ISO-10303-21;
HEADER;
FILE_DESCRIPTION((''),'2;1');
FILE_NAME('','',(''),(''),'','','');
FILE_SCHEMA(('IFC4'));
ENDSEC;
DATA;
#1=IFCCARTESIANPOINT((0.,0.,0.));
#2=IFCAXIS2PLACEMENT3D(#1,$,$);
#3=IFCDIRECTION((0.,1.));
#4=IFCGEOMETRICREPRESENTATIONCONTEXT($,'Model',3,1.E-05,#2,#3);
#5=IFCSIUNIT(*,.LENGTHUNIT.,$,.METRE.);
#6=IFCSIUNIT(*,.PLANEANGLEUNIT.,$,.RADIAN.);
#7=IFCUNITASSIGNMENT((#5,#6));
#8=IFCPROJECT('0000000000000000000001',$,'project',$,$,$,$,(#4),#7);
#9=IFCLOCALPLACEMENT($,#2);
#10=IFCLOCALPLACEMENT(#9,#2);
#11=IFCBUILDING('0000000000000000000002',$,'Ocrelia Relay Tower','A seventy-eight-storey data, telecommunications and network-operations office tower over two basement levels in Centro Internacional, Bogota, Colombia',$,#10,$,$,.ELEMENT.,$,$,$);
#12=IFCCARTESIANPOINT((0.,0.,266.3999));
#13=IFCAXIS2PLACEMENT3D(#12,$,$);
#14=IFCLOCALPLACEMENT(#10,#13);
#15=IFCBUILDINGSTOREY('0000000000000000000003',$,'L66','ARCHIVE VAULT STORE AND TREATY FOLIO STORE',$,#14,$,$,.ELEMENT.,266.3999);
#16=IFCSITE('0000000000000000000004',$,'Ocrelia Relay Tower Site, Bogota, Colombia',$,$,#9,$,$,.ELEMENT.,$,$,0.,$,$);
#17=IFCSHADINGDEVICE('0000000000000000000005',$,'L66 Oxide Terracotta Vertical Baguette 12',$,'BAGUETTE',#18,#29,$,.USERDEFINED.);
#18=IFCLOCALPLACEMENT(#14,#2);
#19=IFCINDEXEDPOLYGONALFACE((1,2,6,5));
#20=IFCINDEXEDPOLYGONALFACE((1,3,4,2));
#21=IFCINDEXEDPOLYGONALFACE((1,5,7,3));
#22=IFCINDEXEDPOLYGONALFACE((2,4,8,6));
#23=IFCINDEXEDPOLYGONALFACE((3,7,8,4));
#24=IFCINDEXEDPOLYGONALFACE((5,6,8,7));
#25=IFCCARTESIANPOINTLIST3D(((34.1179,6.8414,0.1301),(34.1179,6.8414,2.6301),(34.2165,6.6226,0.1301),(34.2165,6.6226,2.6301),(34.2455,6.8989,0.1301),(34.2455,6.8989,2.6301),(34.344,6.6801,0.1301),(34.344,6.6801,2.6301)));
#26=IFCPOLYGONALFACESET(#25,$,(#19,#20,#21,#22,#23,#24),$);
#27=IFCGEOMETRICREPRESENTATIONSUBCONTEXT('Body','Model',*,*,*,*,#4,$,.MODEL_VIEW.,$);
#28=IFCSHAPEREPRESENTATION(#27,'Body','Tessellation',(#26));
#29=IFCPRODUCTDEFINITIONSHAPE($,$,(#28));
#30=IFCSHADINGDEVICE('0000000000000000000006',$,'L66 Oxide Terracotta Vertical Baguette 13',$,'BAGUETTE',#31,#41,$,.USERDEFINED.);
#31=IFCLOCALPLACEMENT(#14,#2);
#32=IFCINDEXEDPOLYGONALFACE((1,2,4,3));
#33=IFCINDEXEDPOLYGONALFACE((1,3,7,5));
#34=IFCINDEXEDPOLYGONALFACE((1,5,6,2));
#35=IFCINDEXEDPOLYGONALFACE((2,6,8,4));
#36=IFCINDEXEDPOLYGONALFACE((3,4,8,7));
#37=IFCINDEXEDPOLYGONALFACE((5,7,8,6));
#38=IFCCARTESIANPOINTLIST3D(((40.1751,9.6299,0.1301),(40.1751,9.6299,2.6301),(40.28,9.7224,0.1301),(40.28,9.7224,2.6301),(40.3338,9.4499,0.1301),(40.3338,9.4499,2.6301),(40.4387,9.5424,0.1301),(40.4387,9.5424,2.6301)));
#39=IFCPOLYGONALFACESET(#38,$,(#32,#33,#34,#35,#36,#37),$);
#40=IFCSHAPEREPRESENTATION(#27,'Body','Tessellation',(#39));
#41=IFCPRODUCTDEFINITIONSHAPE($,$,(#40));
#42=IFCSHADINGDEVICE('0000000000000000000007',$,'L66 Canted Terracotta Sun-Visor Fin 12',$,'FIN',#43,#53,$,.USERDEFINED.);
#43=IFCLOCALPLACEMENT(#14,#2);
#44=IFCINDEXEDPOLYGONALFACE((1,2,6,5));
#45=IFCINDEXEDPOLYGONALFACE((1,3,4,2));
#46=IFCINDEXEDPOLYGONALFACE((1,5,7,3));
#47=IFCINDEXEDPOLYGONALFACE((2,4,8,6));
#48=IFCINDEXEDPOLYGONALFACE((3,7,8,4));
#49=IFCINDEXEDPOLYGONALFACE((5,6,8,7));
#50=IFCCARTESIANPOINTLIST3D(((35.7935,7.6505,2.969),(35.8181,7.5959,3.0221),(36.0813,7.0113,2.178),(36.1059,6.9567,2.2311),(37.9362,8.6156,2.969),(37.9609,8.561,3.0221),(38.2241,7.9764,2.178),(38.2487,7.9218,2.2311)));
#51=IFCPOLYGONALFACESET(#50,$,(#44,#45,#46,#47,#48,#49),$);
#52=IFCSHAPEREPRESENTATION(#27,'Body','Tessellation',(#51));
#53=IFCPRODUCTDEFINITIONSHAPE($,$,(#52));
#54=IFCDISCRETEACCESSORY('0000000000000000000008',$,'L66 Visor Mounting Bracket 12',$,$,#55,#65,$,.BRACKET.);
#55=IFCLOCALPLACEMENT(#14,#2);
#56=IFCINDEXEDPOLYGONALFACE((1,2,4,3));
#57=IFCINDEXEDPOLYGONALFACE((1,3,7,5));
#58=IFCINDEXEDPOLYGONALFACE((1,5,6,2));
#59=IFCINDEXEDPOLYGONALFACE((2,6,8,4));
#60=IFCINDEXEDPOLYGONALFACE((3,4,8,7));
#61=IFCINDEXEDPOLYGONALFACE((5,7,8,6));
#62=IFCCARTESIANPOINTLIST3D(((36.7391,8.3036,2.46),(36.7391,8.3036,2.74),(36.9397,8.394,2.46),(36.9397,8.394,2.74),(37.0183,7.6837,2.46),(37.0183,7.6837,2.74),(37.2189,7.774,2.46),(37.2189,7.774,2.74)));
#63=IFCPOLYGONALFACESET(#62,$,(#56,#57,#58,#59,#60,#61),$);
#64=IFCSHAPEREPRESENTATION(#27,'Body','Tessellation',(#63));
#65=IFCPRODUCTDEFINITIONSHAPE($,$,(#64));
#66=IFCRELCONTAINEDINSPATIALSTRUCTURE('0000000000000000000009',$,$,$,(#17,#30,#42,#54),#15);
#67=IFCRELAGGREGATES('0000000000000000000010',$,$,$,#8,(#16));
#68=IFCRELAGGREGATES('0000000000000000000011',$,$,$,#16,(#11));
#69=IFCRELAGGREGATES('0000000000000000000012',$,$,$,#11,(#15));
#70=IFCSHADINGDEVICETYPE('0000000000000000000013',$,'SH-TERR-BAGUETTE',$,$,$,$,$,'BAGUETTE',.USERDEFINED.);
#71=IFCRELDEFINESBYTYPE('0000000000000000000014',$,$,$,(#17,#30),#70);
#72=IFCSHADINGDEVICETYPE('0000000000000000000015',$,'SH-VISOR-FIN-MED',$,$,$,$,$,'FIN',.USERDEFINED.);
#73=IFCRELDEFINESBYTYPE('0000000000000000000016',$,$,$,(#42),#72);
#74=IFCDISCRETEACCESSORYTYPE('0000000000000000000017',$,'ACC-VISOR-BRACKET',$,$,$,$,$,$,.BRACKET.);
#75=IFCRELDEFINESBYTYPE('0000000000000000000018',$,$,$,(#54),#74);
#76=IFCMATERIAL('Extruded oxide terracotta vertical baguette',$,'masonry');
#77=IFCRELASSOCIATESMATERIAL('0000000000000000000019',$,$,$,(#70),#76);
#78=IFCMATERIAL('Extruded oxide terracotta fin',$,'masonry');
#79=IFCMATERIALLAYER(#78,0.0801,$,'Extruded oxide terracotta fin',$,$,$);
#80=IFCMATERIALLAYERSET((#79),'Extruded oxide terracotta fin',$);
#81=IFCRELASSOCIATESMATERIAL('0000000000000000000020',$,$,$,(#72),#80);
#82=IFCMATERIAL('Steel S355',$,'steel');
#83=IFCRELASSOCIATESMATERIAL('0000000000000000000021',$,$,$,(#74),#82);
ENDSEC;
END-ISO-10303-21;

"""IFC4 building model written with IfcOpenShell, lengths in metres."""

from ifc_helpers import new_model, si_unit, direction, frame, origin, origin_2d, place, context, subcontext, project, spatial, rectangle, extrude, material, layer, layer_set, type_object, element, save


model = new_model("IFC4")

# Units and contexts
model_context = context("Model", 3, precision=1e-05, world=origin(), true_north=direction((0.0, 1.0)))
body_context = subcontext(model_context, "Body", "Model", "MODEL_VIEW")
ifc_project = project(units=[si_unit("LENGTHUNIT", "METRE"), si_unit("PLANEANGLEUNIT", "RADIAN")], contexts=[model_context])

# Site, building, storey
site_placement = place(None, origin())
site = spatial("IfcSite", under=ifc_project, at=site_placement, Name="Ocrelia Relay Tower Site, Bogota, Colombia", CompositionType="ELEMENT", RefElevation=0.0)
building_placement = place(site_placement, origin())
building = spatial("IfcBuilding", under=site, at=building_placement, Name="Ocrelia Relay Tower", Description="A seventy-eight-storey data, telecommunications and network-operations office tower over two basement levels in Centro Internacional, Bogota, Colombia", CompositionType="ELEMENT")
storey_placement = place(building_placement, frame((0.0, 0.0, 266.3999)))
storey = spatial("IfcBuildingStorey", under=building, at=storey_placement, Name="L66", Description="ARCHIVE VAULT STORE AND TREATY FOLIO STORE", CompositionType="ELEMENT", Elevation=266.3999)

# Shared definitions
ifc_material_1 = material(Name="Steel S355", Category="steel")

# Shading devices
ifc_material_2 = material(Name="Extruded oxide terracotta vertical baguette", Category="masonry")
shading_device_type_1 = type_object("IfcShadingDeviceType", Name="SH-TERR-BAGUETTE", ElementType="BAGUETTE", PredefinedType="USERDEFINED", material=ifc_material_2)
for number, where, z_axis, x_axis, name in (
    (1, (34.231, 6.7607, 0.1301), (0.0, 0.0, 1.0), (0.911789, 0.41066, 0.0), "L66 Oxide Terracotta Vertical Baguette 12"),
    (2, (40.3069, 9.5862, 0.1301), (0.0, 0.0, 1.0), (0.750017, 0.661418, 0.0), "L66 Oxide Terracotta Vertical Baguette 13"),
):
    element("IfcShadingDevice", number, at=place(storey_placement, frame(where, z_axis=z_axis, x_axis=x_axis)), inside=storey, type_object=shading_device_type_1, Name=name, ObjectType="BAGUETTE", PredefinedType="USERDEFINED", context=body_context, shape_type="SweptSolid", body=[
        extrude(rectangle(XDim=0.1399, YDim=0.24, at=origin_2d()), origin(), (0.0, 0.0, 1.0), 2.5),
    ])
ifc_material_3 = material(Name="Extruded oxide terracotta fin", Category="masonry")
ifc_layer_1 = layer(ifc_material_3, 0.0801, Name="Extruded oxide terracotta fin")
ifc_layer_set_1 = layer_set([ifc_layer_1], Name="Extruded oxide terracotta fin")
shading_device_type_2 = type_object("IfcShadingDeviceType", Name="SH-VISOR-FIN-MED", ElementType="FIN", PredefinedType="USERDEFINED", material=ifc_layer_set_1)
shading_device_placement = place(storey_placement, frame((37.0088, 7.8135, 2.5735), z_axis=(0.307329, -0.682362, 0.663273), x_axis=(0.911789, 0.41066, 0.0)))
element("IfcShadingDevice", 3, at=shading_device_placement, inside=storey, type_object=shading_device_type_2, Name="L66 Canted Terracotta Sun-Visor Fin 12", ObjectType="FIN", PredefinedType="USERDEFINED", context=body_context, shape_type="SweptSolid", body=[
    extrude(rectangle(XDim=2.3501, YDim=1.0569, at=origin_2d()), origin(), (0.0, 0.0, 1.0), 0.0801),
])

# Discrete accessory
discrete_accessory_type = type_object("IfcDiscreteAccessoryType", Name="ACC-VISOR-BRACKET", PredefinedType="BRACKET", material=ifc_material_1)
discrete_accessory_placement = place(storey_placement, frame((36.979, 8.0388, 2.46), z_axis=(0.0, 0.0, 1.0), x_axis=(0.911789, 0.41066, 0.0)))
element("IfcDiscreteAccessory", 4, at=discrete_accessory_placement, inside=storey, type_object=discrete_accessory_type, Name="L66 Visor Mounting Bracket 12", PredefinedType="BRACKET", context=body_context, shape_type="SweptSolid", body=[
    extrude(rectangle(XDim=0.22, YDim=0.6799, at=origin_2d()), origin(), (0.0, 0.0, 1.0), 0.28),
])

save(model, "model.ifc")
